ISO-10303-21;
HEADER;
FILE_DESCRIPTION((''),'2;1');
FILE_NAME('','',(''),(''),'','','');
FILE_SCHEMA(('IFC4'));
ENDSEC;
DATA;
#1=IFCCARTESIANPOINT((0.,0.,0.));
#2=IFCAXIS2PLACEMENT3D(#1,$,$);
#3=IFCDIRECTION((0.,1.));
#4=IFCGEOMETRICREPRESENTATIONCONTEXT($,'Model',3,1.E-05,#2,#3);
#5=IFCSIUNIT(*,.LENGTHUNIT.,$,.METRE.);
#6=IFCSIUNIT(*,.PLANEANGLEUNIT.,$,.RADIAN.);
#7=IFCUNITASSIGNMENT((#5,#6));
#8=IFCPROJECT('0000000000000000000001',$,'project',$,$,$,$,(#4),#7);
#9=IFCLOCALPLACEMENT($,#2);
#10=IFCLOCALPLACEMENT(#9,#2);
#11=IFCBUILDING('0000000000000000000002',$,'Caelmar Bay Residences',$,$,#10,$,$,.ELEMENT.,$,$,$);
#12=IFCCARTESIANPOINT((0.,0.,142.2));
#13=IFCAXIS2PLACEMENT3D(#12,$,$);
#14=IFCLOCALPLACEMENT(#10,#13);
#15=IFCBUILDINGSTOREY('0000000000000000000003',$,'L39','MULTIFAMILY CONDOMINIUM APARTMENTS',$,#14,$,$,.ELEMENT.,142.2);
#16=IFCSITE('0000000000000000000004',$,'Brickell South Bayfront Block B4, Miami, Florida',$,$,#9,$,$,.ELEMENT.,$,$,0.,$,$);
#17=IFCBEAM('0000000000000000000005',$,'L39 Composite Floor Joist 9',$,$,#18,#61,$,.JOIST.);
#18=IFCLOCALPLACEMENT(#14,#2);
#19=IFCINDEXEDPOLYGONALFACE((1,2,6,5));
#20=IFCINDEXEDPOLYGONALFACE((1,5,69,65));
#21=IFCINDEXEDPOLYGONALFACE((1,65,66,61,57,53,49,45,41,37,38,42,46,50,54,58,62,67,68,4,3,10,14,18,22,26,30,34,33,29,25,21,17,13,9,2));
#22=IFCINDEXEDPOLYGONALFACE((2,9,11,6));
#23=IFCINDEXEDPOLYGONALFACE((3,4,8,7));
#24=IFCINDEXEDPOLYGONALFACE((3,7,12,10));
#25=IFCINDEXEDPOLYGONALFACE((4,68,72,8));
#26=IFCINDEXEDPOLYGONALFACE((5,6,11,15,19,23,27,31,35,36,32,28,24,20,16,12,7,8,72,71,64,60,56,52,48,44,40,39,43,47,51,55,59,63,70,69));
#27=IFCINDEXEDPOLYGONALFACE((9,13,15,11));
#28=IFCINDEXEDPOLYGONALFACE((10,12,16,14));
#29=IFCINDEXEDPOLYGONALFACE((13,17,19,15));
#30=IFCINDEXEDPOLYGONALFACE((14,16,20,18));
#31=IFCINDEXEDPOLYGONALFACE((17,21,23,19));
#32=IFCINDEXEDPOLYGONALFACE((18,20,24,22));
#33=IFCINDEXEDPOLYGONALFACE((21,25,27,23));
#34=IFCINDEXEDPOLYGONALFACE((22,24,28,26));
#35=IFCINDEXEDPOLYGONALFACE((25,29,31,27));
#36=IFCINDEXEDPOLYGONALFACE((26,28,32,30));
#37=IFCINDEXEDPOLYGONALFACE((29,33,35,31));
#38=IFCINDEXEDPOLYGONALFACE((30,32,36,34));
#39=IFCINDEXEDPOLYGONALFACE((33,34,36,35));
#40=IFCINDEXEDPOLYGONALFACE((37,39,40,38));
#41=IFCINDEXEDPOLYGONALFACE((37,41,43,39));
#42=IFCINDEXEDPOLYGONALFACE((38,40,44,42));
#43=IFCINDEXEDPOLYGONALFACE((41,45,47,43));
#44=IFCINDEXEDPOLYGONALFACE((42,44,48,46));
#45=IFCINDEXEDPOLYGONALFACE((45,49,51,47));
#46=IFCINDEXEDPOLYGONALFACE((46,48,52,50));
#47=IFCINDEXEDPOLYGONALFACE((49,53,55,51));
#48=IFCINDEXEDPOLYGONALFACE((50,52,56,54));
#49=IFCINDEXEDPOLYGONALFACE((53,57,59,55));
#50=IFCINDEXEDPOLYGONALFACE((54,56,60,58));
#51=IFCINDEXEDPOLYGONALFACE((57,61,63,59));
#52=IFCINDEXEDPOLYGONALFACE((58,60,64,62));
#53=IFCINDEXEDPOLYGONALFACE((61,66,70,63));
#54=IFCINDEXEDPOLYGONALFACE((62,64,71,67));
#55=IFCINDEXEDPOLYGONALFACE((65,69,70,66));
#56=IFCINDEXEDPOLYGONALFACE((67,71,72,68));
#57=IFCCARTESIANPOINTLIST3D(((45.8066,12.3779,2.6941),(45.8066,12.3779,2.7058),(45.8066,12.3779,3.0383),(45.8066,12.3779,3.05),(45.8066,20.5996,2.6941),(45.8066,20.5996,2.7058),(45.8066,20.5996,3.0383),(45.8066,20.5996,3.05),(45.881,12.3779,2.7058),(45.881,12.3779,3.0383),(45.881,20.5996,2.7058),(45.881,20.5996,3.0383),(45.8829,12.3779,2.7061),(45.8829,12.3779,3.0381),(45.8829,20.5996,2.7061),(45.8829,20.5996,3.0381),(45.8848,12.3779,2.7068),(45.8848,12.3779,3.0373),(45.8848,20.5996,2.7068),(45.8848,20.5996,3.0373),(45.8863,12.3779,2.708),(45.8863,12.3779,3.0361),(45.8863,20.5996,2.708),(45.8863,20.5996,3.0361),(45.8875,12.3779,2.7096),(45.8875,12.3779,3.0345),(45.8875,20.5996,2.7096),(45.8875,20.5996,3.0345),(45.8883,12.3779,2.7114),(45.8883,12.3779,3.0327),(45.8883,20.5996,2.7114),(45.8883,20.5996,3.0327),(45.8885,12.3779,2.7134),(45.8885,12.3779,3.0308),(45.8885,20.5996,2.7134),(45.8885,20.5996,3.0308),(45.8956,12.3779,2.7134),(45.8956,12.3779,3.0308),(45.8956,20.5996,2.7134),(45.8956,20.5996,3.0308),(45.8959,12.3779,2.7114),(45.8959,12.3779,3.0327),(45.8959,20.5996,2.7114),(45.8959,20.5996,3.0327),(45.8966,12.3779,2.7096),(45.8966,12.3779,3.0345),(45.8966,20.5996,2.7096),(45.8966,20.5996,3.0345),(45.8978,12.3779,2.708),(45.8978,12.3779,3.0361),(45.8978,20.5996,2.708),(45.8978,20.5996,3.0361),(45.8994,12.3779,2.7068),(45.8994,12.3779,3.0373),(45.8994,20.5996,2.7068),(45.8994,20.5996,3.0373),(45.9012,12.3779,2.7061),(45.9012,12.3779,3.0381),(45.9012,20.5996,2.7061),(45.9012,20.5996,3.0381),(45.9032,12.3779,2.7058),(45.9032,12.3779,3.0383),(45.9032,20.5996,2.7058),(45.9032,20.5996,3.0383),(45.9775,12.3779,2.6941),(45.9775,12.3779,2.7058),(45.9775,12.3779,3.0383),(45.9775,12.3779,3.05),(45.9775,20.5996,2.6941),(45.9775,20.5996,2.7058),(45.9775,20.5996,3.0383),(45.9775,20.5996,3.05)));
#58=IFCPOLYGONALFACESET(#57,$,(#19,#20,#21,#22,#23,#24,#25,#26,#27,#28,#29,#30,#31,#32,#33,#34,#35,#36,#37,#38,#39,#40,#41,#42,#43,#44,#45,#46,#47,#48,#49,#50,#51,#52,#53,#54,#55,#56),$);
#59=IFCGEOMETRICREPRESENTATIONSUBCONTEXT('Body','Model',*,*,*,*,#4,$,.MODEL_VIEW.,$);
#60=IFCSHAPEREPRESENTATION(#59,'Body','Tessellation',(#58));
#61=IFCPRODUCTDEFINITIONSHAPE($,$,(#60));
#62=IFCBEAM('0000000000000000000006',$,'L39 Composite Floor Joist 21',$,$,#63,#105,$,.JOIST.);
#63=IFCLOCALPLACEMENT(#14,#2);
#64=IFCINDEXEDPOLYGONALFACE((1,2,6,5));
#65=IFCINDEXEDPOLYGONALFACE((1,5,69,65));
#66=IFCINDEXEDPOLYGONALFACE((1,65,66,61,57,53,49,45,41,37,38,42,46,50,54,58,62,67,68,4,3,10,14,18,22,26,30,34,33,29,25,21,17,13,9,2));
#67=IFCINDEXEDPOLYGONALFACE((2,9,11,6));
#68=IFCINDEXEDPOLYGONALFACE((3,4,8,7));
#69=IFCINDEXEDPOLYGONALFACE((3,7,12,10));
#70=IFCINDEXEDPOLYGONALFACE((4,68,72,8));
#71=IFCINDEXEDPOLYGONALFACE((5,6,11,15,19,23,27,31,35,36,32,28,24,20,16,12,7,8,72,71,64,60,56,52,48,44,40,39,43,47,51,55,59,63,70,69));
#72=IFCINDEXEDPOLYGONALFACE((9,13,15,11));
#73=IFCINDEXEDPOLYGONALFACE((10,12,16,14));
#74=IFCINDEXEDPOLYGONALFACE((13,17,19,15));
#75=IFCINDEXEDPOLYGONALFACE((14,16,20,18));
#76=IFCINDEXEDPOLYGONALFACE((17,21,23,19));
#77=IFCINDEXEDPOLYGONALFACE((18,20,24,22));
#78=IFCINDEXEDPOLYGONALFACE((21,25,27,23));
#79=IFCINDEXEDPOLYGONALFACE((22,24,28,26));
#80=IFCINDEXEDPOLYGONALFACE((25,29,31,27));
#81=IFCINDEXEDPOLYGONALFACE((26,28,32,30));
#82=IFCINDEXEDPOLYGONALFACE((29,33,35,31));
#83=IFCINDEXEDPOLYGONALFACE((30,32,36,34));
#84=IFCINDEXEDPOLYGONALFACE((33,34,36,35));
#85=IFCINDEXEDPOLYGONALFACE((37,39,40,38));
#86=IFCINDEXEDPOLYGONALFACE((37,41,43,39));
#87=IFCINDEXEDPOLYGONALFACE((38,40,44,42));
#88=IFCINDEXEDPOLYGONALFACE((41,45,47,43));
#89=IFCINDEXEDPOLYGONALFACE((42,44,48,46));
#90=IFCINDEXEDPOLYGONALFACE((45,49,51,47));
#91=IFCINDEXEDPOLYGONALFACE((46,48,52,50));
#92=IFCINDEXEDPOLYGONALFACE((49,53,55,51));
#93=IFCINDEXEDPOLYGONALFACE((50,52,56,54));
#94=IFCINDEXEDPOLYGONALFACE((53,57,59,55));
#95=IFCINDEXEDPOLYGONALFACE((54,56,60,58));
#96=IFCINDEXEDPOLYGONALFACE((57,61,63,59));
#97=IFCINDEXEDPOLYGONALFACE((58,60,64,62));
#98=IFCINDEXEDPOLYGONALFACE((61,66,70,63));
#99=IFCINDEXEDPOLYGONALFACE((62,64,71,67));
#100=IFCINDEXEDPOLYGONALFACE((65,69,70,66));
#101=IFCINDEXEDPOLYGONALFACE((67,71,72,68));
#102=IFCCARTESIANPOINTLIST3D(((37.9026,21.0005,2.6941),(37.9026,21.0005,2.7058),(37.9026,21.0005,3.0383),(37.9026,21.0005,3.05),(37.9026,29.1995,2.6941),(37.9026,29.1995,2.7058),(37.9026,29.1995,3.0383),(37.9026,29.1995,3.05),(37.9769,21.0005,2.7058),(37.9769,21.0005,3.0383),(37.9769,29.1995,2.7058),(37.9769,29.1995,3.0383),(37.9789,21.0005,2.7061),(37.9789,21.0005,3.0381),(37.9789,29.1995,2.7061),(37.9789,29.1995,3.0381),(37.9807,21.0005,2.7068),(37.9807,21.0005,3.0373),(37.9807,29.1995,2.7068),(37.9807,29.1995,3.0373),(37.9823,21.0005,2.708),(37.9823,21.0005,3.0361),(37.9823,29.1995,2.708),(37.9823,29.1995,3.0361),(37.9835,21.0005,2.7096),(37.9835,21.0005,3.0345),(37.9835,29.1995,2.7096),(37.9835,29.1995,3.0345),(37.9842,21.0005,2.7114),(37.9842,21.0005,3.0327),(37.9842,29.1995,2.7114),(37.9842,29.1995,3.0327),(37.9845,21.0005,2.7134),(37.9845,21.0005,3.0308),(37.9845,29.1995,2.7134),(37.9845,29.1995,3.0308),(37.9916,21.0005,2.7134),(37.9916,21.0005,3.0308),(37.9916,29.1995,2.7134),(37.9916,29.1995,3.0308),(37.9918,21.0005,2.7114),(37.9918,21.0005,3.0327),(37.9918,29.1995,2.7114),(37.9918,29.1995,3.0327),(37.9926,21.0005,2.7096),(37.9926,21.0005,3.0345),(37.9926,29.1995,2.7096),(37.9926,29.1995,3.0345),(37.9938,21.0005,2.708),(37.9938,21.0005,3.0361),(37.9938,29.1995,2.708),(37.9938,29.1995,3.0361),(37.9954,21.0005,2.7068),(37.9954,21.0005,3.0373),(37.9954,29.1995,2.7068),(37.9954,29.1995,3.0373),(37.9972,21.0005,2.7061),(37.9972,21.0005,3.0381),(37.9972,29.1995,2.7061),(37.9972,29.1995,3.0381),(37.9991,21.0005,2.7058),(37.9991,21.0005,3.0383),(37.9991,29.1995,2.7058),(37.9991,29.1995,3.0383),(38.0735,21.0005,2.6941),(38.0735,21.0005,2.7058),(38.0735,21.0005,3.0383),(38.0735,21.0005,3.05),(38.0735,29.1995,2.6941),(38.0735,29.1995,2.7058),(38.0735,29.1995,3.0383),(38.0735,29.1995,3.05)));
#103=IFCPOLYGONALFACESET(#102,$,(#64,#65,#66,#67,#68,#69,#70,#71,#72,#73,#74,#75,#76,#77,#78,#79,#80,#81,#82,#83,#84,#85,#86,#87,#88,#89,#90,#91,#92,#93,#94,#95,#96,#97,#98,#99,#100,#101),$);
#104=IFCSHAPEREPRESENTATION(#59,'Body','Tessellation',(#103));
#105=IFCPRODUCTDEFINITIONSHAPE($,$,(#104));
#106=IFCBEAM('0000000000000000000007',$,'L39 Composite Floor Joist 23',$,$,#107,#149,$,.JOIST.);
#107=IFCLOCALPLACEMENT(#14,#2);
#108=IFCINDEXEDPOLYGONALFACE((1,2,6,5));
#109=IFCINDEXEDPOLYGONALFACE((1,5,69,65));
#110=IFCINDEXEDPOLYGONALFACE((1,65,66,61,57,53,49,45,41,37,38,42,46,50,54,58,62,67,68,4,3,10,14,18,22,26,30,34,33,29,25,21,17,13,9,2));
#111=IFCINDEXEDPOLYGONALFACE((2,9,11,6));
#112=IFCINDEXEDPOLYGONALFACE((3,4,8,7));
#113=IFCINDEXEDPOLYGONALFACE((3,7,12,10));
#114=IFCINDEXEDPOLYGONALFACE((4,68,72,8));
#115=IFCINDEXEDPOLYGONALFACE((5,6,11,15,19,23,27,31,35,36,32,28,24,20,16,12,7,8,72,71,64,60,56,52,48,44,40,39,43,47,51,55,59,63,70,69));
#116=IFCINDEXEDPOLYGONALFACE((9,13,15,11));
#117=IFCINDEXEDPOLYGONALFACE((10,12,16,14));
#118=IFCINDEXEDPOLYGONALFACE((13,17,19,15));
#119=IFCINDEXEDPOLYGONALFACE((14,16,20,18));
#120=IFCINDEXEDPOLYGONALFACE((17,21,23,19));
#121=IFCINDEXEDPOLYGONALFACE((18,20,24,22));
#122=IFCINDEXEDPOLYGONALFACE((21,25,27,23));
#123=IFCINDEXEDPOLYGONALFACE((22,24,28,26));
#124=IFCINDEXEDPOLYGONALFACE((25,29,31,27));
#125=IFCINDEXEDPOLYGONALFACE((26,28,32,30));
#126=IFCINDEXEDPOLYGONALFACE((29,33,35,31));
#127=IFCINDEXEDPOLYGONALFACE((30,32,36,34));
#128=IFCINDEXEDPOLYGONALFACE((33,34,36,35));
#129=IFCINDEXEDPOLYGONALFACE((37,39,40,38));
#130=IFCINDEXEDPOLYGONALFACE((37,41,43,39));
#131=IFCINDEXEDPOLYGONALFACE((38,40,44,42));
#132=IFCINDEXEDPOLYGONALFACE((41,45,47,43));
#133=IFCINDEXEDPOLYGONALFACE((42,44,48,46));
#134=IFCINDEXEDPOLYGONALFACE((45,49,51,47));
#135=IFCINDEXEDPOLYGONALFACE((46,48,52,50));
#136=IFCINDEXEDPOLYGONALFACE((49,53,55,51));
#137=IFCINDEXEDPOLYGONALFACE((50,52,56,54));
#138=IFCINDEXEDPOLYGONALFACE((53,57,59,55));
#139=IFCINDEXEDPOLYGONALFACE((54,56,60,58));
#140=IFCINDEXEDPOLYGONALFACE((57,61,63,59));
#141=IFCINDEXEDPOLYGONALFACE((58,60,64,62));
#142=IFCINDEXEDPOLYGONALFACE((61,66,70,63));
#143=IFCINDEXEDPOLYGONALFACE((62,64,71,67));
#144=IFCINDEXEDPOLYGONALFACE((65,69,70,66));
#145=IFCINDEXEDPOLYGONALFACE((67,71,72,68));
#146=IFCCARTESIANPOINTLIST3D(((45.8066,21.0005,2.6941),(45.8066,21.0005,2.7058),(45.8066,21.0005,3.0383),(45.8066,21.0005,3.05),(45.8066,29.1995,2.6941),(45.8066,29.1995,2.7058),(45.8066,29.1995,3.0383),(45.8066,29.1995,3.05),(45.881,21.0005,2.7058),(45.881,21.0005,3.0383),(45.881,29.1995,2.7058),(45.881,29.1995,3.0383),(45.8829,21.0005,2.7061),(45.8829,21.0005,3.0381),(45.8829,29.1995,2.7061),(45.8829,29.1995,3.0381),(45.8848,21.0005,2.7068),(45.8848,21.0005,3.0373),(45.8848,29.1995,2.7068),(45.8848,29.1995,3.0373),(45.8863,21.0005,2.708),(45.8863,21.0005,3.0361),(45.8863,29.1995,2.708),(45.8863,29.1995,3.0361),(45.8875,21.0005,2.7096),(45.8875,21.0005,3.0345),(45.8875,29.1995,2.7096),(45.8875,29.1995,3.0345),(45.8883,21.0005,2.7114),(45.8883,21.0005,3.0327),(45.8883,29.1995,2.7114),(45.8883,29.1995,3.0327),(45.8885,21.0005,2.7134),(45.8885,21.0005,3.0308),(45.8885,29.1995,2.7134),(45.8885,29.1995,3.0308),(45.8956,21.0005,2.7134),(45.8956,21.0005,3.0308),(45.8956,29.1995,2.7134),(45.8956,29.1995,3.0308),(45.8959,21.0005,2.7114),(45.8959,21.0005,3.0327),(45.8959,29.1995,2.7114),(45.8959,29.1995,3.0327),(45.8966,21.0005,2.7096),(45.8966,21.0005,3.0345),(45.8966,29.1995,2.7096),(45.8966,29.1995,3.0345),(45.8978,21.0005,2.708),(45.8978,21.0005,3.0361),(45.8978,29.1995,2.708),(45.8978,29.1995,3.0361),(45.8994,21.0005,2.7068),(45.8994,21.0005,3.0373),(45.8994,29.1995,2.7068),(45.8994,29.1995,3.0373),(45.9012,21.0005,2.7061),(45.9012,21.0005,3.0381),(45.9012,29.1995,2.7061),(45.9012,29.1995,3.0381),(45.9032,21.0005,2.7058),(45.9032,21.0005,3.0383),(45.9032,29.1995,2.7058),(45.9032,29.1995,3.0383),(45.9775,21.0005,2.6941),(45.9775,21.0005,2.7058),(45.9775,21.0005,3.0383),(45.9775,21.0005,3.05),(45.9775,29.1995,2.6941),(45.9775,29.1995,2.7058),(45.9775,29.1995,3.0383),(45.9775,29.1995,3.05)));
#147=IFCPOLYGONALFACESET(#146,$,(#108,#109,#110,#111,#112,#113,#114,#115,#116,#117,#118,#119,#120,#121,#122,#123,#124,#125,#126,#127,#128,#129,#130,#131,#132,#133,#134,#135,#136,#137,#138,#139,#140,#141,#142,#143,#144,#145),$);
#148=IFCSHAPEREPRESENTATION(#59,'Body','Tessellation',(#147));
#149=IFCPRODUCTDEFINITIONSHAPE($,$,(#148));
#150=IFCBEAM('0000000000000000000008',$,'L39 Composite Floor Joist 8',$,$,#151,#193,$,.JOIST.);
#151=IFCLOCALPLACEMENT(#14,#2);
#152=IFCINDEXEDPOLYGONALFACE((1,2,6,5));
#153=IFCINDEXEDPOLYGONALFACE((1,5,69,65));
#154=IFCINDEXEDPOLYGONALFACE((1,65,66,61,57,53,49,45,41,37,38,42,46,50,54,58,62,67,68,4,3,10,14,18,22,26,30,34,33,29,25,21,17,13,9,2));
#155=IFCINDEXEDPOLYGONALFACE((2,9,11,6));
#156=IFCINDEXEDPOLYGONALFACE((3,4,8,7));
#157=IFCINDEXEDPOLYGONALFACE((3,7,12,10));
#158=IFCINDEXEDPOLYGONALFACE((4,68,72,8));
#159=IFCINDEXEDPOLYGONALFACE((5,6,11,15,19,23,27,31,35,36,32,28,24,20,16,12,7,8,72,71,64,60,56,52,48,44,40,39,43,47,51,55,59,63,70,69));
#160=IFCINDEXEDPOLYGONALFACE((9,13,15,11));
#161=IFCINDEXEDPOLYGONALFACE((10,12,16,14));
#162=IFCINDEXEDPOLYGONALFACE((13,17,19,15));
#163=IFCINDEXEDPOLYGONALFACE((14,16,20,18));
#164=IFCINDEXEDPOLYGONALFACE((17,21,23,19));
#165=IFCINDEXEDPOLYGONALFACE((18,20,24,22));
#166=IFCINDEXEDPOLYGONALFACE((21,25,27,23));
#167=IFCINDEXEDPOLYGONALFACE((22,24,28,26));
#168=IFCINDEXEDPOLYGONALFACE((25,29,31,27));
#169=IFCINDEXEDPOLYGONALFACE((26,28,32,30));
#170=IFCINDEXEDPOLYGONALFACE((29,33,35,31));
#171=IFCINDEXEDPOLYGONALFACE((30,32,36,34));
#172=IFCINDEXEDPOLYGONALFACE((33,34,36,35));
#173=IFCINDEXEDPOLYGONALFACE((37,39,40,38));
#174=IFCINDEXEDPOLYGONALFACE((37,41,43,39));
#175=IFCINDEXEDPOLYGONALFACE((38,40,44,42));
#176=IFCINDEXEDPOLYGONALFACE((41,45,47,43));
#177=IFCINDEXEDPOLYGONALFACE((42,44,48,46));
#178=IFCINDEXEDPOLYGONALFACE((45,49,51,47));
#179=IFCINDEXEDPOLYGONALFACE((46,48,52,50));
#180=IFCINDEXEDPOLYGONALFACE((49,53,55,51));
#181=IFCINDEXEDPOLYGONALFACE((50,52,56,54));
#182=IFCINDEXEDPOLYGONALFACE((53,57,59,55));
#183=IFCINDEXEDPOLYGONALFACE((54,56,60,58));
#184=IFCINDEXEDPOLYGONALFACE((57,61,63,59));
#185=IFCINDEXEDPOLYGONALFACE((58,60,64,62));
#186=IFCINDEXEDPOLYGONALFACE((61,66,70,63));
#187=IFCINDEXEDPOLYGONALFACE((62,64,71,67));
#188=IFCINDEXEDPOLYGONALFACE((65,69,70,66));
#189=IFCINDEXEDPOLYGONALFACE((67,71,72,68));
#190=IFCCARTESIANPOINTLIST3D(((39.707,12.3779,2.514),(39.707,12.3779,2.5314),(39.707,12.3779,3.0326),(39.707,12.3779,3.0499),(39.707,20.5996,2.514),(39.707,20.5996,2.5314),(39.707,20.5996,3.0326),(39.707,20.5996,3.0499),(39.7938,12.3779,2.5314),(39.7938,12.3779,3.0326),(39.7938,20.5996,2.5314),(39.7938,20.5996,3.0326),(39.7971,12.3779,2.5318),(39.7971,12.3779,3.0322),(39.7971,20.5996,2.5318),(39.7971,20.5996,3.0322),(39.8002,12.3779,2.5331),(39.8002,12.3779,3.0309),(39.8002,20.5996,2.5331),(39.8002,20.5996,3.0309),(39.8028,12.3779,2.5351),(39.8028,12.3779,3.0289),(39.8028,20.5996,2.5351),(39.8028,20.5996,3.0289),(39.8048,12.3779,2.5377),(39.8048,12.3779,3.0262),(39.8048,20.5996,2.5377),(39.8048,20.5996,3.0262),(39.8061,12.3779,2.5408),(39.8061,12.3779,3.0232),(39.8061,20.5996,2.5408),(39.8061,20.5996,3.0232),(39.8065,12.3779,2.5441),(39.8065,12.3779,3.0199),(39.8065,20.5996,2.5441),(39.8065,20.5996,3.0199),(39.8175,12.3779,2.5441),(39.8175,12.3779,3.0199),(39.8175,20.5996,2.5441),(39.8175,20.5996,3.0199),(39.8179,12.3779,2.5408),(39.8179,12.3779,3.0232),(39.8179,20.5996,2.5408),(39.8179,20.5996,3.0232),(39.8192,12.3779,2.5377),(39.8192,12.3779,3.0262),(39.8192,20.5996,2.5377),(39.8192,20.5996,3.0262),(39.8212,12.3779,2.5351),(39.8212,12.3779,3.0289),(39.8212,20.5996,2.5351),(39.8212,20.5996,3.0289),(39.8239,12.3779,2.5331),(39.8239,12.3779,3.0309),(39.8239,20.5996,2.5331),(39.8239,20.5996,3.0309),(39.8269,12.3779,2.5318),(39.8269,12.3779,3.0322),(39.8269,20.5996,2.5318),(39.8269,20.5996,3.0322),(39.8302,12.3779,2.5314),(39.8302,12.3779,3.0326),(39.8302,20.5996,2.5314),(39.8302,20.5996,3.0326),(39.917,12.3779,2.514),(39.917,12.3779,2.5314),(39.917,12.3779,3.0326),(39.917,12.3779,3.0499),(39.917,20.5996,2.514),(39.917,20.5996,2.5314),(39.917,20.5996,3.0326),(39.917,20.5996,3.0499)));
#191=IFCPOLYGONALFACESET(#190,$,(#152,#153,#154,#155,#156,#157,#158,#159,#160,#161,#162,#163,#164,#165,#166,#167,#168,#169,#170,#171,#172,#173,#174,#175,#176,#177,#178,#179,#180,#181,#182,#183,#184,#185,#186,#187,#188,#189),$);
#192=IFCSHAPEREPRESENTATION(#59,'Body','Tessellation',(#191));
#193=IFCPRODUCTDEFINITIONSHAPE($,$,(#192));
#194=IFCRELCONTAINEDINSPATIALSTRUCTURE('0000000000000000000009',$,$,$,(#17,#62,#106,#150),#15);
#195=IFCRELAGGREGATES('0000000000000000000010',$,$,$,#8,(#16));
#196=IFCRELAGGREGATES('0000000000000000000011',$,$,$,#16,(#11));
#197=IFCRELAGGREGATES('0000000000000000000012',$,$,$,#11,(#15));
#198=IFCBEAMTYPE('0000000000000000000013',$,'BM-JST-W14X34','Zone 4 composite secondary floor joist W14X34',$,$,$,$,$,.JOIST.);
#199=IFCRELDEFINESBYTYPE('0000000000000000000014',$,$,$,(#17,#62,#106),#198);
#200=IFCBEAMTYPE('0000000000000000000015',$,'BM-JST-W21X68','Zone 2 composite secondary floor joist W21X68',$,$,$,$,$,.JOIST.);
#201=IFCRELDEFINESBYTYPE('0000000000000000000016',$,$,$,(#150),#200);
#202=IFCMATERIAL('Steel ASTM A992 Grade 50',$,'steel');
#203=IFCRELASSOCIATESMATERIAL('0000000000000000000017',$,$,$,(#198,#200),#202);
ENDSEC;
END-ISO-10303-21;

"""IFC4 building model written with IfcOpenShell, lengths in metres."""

from ifc_helpers import new_model, si_unit, direction, frame, origin, origin_2d, place, context, subcontext, project, spatial, i_section, extrude, material, material_profile, profile_set, type_object, element, save


model = new_model("IFC4")

# Units and contexts
model_context = context("Model", 3, precision=1e-05, world=origin(), true_north=direction((0.0, 1.0)))
body_context = subcontext(model_context, "Body", "Model", "MODEL_VIEW")
ifc_project = project(units=[si_unit("LENGTHUNIT", "METRE"), si_unit("PLANEANGLEUNIT", "RADIAN")], contexts=[model_context])

# Site, building, storey
site_placement = place(None, origin())
site = spatial("IfcSite", under=ifc_project, at=site_placement, Name="Brickell South Bayfront Block B4, Miami, Florida", CompositionType="ELEMENT", RefElevation=0.0)
building_placement = place(site_placement, origin())
building = spatial("IfcBuilding", under=site, at=building_placement, Name="Caelmar Bay Residences", CompositionType="ELEMENT")
storey_placement = place(building_placement, frame((0.0, 0.0, 142.2)))
storey = spatial("IfcBuildingStorey", under=building, at=storey_placement, Name="L39", Description="MULTIFAMILY CONDOMINIUM APARTMENTS", CompositionType="ELEMENT", Elevation=142.2)

# Beams
ifc_material_1 = material(Name="Steel ASTM A992 Grade 50", Category="steel")
ifc_material_profile_1 = material_profile(ifc_material_1, i_section(OverallWidth=0.1709, OverallDepth=0.356, WebThickness=0.0071, FlangeThickness=0.0117, FilletRadius=0.0076, at=origin_2d()), Name="W14X34")
ifc_profile_set_1 = profile_set([ifc_material_profile_1], Name="Steel ASTM A992 Grade 50")
beam_type_1 = type_object("IfcBeamType", Name="BM-JST-W14X34", Description="Zone 4 composite secondary floor joist W14X34", PredefinedType="JOIST", material=ifc_profile_set_1)
for number, where, z_axis, x_axis, name in (
    (1, (45.8921, 12.3779, 2.8721), (0.0, 1.0, 0.0), (-1.0, 0.0, 0.0), "L39 Composite Floor Joist 9"),
):
    element("IfcBeam", number, at=place(storey_placement, frame(where, z_axis=z_axis, x_axis=x_axis)), inside=storey, type_object=beam_type_1, Name=name, PredefinedType="JOIST", context=body_context, shape_type="SweptSolid", body=[
        extrude(i_section(OverallWidth=0.1709, OverallDepth=0.356, WebThickness=0.0071, FlangeThickness=0.0117, FilletRadius=0.0076, at=origin_2d()), origin(), (0.0, 0.0, 1.0), 8.2217),
    ])
for number, where, z_axis, x_axis, name in (
    (2, (37.988, 21.0005, 2.8721), (0.0, 1.0, 0.0), (-1.0, 0.0, 0.0), "L39 Composite Floor Joist 21"),
    (3, (45.8921, 21.0005, 2.8721), (0.0, 1.0, 0.0), (-1.0, 0.0, 0.0), "L39 Composite Floor Joist 23"),
):
    element("IfcBeam", number, at=place(storey_placement, frame(where, z_axis=z_axis, x_axis=x_axis)), inside=storey, type_object=beam_type_1, Name=name, PredefinedType="JOIST", context=body_context, shape_type="SweptSolid", body=[
        extrude(i_section(OverallWidth=0.1709, OverallDepth=0.356, WebThickness=0.0071, FlangeThickness=0.0117, FilletRadius=0.0076, at=origin_2d()), origin(), (0.0, 0.0, 1.0), 8.199),
    ])
ifc_material_profile_2 = material_profile(ifc_material_1, i_section(OverallWidth=0.21, OverallDepth=0.5359, WebThickness=0.011, FlangeThickness=0.0173, FilletRadius=0.0127, at=origin_2d()), Name="W21X68")
ifc_profile_set_2 = profile_set([ifc_material_profile_2], Name="Steel ASTM A992 Grade 50")
beam_type_2 = type_object("IfcBeamType", Name="BM-JST-W21X68", Description="Zone 2 composite secondary floor joist W21X68", PredefinedType="JOIST", material=ifc_profile_set_2)
for number, where, z_axis, x_axis, name in (
    (4, (39.812, 12.3779, 2.782), (0.0, 1.0, 0.0), (-1.0, 0.0, 0.0), "L39 Composite Floor Joist 8"),
):
    element("IfcBeam", number, at=place(storey_placement, frame(where, z_axis=z_axis, x_axis=x_axis)), inside=storey, type_object=beam_type_2, Name=name, PredefinedType="JOIST", context=body_context, shape_type="SweptSolid", body=[
        extrude(i_section(OverallWidth=0.21, OverallDepth=0.5359, WebThickness=0.011, FlangeThickness=0.0173, FilletRadius=0.0127, at=origin_2d()), origin(), (0.0, 0.0, 1.0), 8.2217),
    ])

save(model, "model.ifc")
